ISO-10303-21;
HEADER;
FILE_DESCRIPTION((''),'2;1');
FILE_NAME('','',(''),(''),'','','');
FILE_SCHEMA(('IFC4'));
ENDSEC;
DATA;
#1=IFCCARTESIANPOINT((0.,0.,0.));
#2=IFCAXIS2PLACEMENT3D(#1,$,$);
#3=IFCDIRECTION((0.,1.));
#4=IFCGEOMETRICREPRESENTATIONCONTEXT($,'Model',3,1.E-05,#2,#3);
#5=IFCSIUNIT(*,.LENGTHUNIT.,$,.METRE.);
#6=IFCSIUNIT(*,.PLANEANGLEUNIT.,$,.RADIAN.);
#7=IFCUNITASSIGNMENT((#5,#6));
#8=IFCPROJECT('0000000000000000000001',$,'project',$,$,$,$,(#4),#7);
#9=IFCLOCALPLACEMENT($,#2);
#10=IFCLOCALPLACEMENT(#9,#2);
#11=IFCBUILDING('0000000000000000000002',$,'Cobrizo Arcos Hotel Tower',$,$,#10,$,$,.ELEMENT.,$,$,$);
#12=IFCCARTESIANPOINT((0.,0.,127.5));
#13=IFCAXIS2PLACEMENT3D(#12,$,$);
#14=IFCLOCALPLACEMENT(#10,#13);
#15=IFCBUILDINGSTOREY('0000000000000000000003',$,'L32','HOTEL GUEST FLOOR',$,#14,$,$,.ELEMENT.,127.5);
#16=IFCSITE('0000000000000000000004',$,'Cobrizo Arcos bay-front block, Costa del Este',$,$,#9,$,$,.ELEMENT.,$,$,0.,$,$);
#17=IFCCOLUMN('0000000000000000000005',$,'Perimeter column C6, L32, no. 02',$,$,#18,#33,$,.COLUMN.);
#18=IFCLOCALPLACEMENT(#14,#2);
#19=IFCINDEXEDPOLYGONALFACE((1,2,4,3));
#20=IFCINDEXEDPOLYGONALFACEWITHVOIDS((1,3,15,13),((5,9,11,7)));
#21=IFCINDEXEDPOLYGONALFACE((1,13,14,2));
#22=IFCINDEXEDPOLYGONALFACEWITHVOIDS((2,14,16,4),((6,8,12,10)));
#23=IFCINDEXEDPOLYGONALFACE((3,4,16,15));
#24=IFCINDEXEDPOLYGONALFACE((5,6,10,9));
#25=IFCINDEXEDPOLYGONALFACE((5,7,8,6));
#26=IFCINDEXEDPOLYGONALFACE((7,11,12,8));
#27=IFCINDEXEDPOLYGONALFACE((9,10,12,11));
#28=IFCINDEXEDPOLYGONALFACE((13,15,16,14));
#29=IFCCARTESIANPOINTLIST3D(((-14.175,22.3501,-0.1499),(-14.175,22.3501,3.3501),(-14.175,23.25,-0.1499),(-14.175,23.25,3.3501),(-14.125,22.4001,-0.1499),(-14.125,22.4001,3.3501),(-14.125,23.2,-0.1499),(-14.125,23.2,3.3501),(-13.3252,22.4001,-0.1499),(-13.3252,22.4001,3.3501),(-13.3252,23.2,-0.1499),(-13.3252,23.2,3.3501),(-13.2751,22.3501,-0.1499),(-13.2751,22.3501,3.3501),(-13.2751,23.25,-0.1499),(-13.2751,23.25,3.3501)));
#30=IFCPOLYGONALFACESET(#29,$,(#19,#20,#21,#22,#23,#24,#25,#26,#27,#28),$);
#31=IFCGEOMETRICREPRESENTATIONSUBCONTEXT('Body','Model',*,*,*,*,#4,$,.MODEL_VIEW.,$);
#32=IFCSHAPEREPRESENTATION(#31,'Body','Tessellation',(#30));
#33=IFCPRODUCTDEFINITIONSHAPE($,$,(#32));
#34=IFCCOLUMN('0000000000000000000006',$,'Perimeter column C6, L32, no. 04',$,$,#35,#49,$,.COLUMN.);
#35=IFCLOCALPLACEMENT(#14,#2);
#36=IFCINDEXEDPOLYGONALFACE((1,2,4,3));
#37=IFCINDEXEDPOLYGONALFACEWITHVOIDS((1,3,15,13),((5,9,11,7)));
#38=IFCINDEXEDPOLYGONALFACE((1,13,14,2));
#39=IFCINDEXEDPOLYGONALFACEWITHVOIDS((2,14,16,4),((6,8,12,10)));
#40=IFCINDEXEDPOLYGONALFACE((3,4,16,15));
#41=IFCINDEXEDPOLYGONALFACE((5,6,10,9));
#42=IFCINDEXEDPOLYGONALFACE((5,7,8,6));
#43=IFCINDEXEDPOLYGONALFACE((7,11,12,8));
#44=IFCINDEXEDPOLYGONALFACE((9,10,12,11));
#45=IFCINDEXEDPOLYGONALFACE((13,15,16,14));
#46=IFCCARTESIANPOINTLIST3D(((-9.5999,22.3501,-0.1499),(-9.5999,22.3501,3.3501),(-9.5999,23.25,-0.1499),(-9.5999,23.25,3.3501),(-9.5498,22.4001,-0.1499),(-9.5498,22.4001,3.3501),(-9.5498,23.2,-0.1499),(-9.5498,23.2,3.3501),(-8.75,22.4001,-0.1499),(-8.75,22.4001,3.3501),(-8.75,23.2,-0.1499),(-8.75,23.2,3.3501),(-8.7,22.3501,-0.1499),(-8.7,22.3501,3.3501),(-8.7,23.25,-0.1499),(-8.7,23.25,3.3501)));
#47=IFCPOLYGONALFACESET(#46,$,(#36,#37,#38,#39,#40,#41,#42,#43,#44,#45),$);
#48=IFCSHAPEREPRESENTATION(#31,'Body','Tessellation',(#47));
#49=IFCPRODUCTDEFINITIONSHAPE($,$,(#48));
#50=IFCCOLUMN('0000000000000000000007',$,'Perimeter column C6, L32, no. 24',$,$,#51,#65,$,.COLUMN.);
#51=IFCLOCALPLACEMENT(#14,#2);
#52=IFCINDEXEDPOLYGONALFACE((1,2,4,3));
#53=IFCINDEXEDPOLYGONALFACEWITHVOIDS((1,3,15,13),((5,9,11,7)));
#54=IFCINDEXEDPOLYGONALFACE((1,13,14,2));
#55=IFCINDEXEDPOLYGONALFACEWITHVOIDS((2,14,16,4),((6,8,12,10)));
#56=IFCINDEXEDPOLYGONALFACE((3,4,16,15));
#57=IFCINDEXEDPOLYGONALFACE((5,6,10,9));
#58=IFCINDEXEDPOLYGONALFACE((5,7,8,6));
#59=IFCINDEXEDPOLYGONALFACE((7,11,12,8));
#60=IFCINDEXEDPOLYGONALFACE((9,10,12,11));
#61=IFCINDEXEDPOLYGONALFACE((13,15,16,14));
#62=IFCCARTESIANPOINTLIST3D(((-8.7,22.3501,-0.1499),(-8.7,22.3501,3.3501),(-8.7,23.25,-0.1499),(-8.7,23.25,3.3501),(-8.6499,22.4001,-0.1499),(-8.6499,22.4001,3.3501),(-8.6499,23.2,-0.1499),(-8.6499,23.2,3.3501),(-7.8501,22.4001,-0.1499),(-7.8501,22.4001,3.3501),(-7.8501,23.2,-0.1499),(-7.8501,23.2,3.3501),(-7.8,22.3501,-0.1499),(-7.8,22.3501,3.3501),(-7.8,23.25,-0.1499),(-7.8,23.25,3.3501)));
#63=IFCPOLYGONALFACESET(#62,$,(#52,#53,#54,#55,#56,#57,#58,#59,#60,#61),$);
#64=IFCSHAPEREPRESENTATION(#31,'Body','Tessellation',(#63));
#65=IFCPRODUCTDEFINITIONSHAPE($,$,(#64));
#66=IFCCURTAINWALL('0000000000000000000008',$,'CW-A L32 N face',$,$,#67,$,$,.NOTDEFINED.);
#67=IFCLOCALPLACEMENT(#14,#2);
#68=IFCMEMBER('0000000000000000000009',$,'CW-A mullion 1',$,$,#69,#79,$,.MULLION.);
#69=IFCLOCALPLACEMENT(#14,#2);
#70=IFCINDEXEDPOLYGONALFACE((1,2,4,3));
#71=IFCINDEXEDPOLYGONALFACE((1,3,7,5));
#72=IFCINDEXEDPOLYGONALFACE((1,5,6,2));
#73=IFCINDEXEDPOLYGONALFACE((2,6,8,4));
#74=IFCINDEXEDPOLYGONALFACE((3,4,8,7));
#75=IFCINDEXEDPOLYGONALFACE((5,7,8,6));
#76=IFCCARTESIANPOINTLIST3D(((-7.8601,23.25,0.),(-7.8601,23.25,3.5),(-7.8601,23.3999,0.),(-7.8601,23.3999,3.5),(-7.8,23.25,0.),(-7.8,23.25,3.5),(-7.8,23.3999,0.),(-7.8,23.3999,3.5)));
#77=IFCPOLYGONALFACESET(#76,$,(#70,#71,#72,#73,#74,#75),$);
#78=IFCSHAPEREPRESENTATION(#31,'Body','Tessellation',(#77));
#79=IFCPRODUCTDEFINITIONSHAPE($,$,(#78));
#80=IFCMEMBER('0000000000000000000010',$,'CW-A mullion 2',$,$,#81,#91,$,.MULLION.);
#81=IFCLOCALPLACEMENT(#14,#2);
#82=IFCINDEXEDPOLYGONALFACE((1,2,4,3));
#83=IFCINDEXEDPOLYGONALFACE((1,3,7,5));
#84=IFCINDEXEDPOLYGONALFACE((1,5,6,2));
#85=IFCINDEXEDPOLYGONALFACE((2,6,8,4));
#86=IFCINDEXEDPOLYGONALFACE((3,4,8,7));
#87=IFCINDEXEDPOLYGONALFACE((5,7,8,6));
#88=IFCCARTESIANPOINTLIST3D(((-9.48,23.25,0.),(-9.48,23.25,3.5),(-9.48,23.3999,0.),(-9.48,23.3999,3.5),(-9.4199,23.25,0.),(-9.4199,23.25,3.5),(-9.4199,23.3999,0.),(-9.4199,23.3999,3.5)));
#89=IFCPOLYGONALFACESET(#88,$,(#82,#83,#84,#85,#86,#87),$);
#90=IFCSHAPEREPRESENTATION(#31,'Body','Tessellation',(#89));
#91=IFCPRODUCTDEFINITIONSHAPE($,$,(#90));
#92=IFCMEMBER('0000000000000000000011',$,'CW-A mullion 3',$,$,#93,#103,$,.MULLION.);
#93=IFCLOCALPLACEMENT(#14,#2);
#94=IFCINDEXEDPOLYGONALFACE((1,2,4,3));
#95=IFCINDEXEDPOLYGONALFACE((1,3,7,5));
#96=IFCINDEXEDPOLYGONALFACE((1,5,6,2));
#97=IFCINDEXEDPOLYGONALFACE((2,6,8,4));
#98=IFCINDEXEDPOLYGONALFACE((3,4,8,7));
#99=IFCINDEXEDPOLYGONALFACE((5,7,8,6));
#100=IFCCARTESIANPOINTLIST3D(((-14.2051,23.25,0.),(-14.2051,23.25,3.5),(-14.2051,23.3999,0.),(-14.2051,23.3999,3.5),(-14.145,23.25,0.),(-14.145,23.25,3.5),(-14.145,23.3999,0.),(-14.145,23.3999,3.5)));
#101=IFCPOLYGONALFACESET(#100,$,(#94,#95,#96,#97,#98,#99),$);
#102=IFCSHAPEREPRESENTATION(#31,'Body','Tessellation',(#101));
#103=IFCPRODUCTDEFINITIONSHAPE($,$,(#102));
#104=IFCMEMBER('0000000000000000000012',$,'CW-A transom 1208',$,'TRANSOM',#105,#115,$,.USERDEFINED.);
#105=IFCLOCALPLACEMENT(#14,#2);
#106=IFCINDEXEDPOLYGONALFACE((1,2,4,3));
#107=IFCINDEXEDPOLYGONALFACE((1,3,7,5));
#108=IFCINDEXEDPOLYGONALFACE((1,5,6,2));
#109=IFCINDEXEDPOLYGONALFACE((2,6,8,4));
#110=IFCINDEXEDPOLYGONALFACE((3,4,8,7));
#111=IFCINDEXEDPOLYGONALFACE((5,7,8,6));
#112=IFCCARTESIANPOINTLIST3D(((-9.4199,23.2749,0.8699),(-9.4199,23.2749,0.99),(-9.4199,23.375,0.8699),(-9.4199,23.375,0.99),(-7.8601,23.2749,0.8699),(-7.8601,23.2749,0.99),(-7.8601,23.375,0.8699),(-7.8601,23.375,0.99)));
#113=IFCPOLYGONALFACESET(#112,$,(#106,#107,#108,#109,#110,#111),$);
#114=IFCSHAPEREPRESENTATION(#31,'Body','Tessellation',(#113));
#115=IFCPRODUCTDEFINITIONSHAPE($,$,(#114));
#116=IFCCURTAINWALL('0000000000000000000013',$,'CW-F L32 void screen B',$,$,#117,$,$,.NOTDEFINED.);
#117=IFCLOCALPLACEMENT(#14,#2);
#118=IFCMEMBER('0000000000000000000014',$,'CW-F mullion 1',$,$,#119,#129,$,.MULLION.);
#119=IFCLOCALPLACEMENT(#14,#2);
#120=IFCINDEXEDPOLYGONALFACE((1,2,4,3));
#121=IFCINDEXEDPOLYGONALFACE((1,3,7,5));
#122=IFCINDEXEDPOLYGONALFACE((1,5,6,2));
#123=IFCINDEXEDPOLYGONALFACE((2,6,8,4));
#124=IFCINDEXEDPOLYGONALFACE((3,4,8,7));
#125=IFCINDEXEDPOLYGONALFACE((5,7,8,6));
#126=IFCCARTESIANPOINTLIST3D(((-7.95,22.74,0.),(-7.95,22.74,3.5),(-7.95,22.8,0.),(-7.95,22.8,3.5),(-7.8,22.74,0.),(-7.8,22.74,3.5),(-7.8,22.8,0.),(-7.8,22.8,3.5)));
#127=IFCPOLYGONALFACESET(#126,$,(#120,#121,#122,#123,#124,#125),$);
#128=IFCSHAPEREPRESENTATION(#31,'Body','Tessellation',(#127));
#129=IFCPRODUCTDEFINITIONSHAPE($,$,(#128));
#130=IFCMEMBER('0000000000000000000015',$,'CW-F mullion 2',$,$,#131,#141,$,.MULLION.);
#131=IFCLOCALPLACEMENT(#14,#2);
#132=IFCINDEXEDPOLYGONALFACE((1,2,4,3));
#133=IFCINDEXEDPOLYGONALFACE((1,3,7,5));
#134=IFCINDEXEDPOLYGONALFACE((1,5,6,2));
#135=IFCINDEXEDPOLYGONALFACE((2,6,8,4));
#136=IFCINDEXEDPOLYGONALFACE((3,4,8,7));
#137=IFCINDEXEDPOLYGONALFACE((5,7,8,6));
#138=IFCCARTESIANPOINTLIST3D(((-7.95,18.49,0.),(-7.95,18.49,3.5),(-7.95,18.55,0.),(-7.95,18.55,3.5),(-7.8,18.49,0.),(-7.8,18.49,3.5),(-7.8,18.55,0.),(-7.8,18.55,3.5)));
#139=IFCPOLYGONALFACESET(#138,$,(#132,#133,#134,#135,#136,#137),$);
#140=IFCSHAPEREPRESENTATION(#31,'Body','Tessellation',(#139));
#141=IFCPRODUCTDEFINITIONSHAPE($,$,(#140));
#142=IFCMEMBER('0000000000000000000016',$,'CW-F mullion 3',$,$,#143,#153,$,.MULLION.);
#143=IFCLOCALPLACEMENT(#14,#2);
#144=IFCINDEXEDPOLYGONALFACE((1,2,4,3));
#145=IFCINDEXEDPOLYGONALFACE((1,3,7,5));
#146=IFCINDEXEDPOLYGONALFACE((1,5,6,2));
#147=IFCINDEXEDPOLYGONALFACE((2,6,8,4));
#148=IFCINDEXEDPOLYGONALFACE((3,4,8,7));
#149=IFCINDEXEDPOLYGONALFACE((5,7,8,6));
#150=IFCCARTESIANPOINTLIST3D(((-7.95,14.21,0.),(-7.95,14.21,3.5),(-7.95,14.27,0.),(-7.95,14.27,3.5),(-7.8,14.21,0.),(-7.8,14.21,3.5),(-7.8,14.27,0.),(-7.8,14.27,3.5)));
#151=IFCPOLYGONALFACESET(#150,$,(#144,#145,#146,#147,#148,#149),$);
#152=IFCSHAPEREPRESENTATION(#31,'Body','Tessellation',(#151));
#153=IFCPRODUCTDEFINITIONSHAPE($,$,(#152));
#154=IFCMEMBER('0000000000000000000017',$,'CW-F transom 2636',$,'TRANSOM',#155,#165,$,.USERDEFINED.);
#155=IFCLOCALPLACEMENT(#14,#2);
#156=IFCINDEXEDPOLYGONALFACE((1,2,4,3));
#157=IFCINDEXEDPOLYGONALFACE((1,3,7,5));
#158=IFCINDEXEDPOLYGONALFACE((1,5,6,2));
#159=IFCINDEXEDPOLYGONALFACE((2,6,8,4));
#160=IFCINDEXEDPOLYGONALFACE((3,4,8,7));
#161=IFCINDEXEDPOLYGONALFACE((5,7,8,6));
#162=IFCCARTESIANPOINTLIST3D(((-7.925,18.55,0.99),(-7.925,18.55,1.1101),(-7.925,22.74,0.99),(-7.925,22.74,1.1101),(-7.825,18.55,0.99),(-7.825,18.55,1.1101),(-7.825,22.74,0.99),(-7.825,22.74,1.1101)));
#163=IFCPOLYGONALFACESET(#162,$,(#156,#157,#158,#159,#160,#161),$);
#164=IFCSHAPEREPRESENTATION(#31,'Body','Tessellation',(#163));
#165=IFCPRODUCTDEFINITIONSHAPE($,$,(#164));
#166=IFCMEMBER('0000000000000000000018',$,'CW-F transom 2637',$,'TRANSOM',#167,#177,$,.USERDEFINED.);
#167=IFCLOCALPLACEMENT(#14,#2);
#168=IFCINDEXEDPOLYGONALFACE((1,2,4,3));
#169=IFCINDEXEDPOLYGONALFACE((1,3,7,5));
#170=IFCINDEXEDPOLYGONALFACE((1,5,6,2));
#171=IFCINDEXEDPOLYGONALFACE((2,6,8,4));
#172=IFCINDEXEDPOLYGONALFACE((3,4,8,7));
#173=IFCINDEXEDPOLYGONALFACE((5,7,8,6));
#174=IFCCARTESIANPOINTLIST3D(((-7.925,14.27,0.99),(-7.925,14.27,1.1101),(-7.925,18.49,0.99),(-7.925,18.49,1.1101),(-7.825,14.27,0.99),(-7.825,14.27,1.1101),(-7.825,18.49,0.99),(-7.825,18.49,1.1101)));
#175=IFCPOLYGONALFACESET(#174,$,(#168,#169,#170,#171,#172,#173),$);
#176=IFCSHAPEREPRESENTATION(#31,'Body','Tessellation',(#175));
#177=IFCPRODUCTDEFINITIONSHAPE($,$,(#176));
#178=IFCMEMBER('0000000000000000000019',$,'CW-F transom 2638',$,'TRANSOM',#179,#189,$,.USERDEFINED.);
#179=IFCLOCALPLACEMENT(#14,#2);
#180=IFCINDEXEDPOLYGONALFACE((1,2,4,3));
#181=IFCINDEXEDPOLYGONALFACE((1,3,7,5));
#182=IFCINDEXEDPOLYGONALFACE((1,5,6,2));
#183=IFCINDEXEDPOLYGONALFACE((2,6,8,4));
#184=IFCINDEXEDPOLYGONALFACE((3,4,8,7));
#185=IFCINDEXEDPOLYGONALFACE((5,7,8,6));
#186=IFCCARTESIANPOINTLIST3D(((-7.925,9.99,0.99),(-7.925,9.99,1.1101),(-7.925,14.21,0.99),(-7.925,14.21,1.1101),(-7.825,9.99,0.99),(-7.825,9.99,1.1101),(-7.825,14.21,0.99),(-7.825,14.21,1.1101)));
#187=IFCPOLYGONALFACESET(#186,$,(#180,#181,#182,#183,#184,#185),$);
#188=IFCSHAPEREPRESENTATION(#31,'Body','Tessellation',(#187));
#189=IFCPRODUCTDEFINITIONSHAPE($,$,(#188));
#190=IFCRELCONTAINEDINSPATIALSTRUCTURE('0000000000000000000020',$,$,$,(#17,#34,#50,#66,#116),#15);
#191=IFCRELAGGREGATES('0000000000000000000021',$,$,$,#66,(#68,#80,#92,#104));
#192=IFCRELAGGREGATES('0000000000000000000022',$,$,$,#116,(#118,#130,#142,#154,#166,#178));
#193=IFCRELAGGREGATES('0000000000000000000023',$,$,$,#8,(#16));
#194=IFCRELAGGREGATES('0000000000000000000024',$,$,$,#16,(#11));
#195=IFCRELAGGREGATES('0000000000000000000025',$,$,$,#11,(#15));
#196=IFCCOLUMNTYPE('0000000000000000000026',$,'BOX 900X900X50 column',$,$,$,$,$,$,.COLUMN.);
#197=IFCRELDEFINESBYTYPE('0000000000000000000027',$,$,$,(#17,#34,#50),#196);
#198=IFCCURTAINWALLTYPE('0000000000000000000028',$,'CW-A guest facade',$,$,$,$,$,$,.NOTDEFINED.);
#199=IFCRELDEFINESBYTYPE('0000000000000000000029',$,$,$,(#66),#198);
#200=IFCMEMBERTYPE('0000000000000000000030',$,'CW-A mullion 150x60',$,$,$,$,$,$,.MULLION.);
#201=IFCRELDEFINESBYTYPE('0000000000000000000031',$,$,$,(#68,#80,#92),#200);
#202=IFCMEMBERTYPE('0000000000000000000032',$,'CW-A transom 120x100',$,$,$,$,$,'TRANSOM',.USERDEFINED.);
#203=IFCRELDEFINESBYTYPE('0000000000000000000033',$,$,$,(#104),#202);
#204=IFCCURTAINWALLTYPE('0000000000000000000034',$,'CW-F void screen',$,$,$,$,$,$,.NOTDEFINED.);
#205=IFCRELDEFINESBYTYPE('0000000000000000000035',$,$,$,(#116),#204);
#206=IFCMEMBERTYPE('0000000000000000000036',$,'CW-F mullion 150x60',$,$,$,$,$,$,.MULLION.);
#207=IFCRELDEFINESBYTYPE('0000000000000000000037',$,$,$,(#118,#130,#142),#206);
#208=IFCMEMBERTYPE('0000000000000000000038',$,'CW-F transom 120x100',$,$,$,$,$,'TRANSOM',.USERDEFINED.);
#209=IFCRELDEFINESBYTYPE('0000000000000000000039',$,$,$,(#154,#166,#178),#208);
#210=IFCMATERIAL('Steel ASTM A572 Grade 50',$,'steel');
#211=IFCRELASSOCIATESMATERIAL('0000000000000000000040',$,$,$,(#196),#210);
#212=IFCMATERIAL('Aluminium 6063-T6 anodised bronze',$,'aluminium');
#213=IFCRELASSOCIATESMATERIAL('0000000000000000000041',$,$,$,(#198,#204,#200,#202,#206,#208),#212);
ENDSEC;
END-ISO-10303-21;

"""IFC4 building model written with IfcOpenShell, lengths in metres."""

from ifc_helpers import new_model, si_unit, direction, frame, origin, origin_2d, place, context, subcontext, project, spatial, rectangle, hollow_rectangle, extrude, material, material_profile, profile_set, type_object, element, aggregate, save


model = new_model("IFC4")

# Units and contexts
model_context = context("Model", 3, precision=1e-05, world=origin(), true_north=direction((0.0, 1.0)))
body_context = subcontext(model_context, "Body", "Model", "MODEL_VIEW")
ifc_project = project(units=[si_unit("LENGTHUNIT", "METRE"), si_unit("PLANEANGLEUNIT", "RADIAN")], contexts=[model_context])

# Site, building, storey
site_placement = place(None, origin())
site = spatial("IfcSite", under=ifc_project, at=site_placement, Name="Cobrizo Arcos bay-front block, Costa del Este", CompositionType="ELEMENT", RefElevation=0.0)
building_placement = place(site_placement, origin())
building = spatial("IfcBuilding", under=site, at=building_placement, Name="Cobrizo Arcos Hotel Tower", CompositionType="ELEMENT")
storey_placement = place(building_placement, frame((0.0, 0.0, 127.5)))
storey = spatial("IfcBuildingStorey", under=building, at=storey_placement, Name="L32", Description="HOTEL GUEST FLOOR", CompositionType="ELEMENT", Elevation=127.5)

# Columns
ifc_material_1 = material(Name="Steel ASTM A572 Grade 50", Category="steel")
ifc_material_profile_1 = material_profile(ifc_material_1, hollow_rectangle(XDim=0.8999, YDim=0.8999, WallThickness=0.05, at=origin_2d()), Name="BOX 900X900X50")
ifc_profile_set_1 = profile_set([ifc_material_profile_1], Name="Steel ASTM A572 Grade 50")
column_type = type_object("IfcColumnType", Name="BOX 900X900X50 column", PredefinedType="COLUMN", material=ifc_profile_set_1)
for number, where, z_axis, x_axis, name in (
    (1, (-13.7251, 22.8, -0.1499), (0.0, 0.0, 1.0), (1.0, 0.0, 0.0), "Perimeter column C6, L32, no. 02"),
    (2, (-9.1499, 22.8, -0.1499), (0.0, 0.0, 1.0), (1.0, 0.0, 0.0), "Perimeter column C6, L32, no. 04"),
    (3, (-8.25, 22.8, -0.1499), (0.0, 0.0, 1.0), (1.0, 0.0, 0.0), "Perimeter column C6, L32, no. 24"),
):
    element("IfcColumn", number, at=place(storey_placement, frame(where, z_axis=z_axis, x_axis=x_axis)), inside=storey, type_object=column_type, Name=name, PredefinedType="COLUMN", context=body_context, shape_type="SweptSolid", body=[
        extrude(hollow_rectangle(XDim=0.8999, YDim=0.8999, WallThickness=0.05, at=origin_2d()), origin(), (0.0, 0.0, 1.0), 3.5),
    ])

# Curtain walls, members
ifc_material_2 = material(Name="Aluminium 6063-T6 anodised bronze", Category="aluminium")
curtain_wall_type_1 = type_object("IfcCurtainWallType", Name="CW-A guest facade", PredefinedType="NOTDEFINED", material=ifc_material_2)
curtain_wall_1_placement = place(storey_placement, origin())
curtain_wall_1 = element("IfcCurtainWall", 4, at=curtain_wall_1_placement, inside=storey, type_object=curtain_wall_type_1, Name="CW-A L32 N face", PredefinedType="NOTDEFINED")
ifc_material_profile_2 = material_profile(ifc_material_2, rectangle(XDim=0.1499, YDim=0.0601, at=origin_2d()), Name="CW-A mullion 150x60")
ifc_profile_set_2 = profile_set([ifc_material_profile_2], Name="Aluminium 6063-T6 anodised bronze")
member_type_1 = type_object("IfcMemberType", Name="CW-A mullion 150x60", PredefinedType="MULLION", material=ifc_profile_set_2)
member_1_placement = place(storey_placement, frame((-7.8301, 23.325, 0.0), z_axis=(0.0, 0.0, 1.0), x_axis=(0.0, 1.0, 0.0)))
member_1 = element("IfcMember", 5, at=member_1_placement, type_object=member_type_1, Name="CW-A mullion 1", PredefinedType="MULLION", context=body_context, shape_type="SweptSolid", body=[
    extrude(rectangle(XDim=0.1499, YDim=0.0601, at=origin_2d()), origin(), (0.0, 0.0, 1.0), 3.5),
])
member_2_placement = place(storey_placement, frame((-9.45, 23.325, 0.0), z_axis=(0.0, 0.0, 1.0), x_axis=(0.0, 1.0, 0.0)))
member_2 = element("IfcMember", 6, at=member_2_placement, type_object=member_type_1, Name="CW-A mullion 2", PredefinedType="MULLION", context=body_context, shape_type="SweptSolid", body=[
    extrude(rectangle(XDim=0.1499, YDim=0.0601, at=origin_2d()), origin(), (0.0, 0.0, 1.0), 3.5),
])
member_3_placement = place(storey_placement, frame((-14.175, 23.325, 0.0), z_axis=(0.0, 0.0, 1.0), x_axis=(0.0, 1.0, 0.0)))
member_3 = element("IfcMember", 7, at=member_3_placement, type_object=member_type_1, Name="CW-A mullion 3", PredefinedType="MULLION", context=body_context, shape_type="SweptSolid", body=[
    extrude(rectangle(XDim=0.1499, YDim=0.0601, at=origin_2d()), origin(), (0.0, 0.0, 1.0), 3.5),
])
ifc_material_profile_3 = material_profile(ifc_material_2, rectangle(XDim=0.1001, YDim=0.1201, at=origin_2d()), Name="CW-A transom 120x100")
ifc_profile_set_3 = profile_set([ifc_material_profile_3], Name="Aluminium 6063-T6 anodised bronze")
member_type_2 = type_object("IfcMemberType", Name="CW-A transom 120x100", ElementType="TRANSOM", PredefinedType="USERDEFINED", material=ifc_profile_set_3)
member_4_placement = place(storey_placement, frame((-7.8601, 23.325, 0.9299), z_axis=(-1.0, 0.0, 0.0), x_axis=(0.0, -1.0, 0.0)))
member_4 = element("IfcMember", 8, at=member_4_placement, type_object=member_type_2, Name="CW-A transom 1208", ObjectType="TRANSOM", PredefinedType="USERDEFINED", context=body_context, shape_type="SweptSolid", body=[
    extrude(rectangle(XDim=0.1001, YDim=0.1201, at=origin_2d()), origin(), (0.0, 0.0, 1.0), 1.5598),
])
curtain_wall_type_2 = type_object("IfcCurtainWallType", Name="CW-F void screen", PredefinedType="NOTDEFINED", material=ifc_material_2)
curtain_wall_2_placement = place(storey_placement, origin())
curtain_wall_2 = element("IfcCurtainWall", 9, at=curtain_wall_2_placement, inside=storey, type_object=curtain_wall_type_2, Name="CW-F L32 void screen B", PredefinedType="NOTDEFINED")
ifc_material_profile_4 = material_profile(ifc_material_2, rectangle(XDim=0.1499, YDim=0.0601, at=origin_2d()), Name="CW-F mullion 150x60")
ifc_profile_set_4 = profile_set([ifc_material_profile_4], Name="Aluminium 6063-T6 anodised bronze")
member_type_3 = type_object("IfcMemberType", Name="CW-F mullion 150x60", PredefinedType="MULLION", material=ifc_profile_set_4)
member_5_placement = place(storey_placement, frame((-7.875, 22.77, 0.0), z_axis=(0.0, 0.0, 1.0), x_axis=(-1.0, 0.0, 0.0)))
member_5 = element("IfcMember", 10, at=member_5_placement, type_object=member_type_3, Name="CW-F mullion 1", PredefinedType="MULLION", context=body_context, shape_type="SweptSolid", body=[
    extrude(rectangle(XDim=0.1499, YDim=0.0601, at=origin_2d()), origin(), (0.0, 0.0, 1.0), 3.5),
])
member_6_placement = place(storey_placement, frame((-7.875, 18.52, 0.0), z_axis=(0.0, 0.0, 1.0), x_axis=(-1.0, 0.0, 0.0)))
member_6 = element("IfcMember", 11, at=member_6_placement, type_object=member_type_3, Name="CW-F mullion 2", PredefinedType="MULLION", context=body_context, shape_type="SweptSolid", body=[
    extrude(rectangle(XDim=0.1499, YDim=0.0601, at=origin_2d()), origin(), (0.0, 0.0, 1.0), 3.5),
])
member_7_placement = place(storey_placement, frame((-7.875, 14.24, 0.0), z_axis=(0.0, 0.0, 1.0), x_axis=(-1.0, 0.0, 0.0)))
member_7 = element("IfcMember", 12, at=member_7_placement, type_object=member_type_3, Name="CW-F mullion 3", PredefinedType="MULLION", context=body_context, shape_type="SweptSolid", body=[
    extrude(rectangle(XDim=0.1499, YDim=0.0601, at=origin_2d()), origin(), (0.0, 0.0, 1.0), 3.5),
])
ifc_material_profile_5 = material_profile(ifc_material_2, rectangle(XDim=0.1001, YDim=0.1201, at=origin_2d()), Name="CW-F transom 120x100")
ifc_profile_set_5 = profile_set([ifc_material_profile_5], Name="Aluminium 6063-T6 anodised bronze")
member_type_4 = type_object("IfcMemberType", Name="CW-F transom 120x100", ElementType="TRANSOM", PredefinedType="USERDEFINED", material=ifc_profile_set_5)
member_8_placement = place(storey_placement, frame((-7.875, 22.74, 1.05), z_axis=(0.0, -1.0, 0.0), x_axis=(1.0, 0.0, 0.0)))
member_8 = element("IfcMember", 13, at=member_8_placement, type_object=member_type_4, Name="CW-F transom 2636", ObjectType="TRANSOM", PredefinedType="USERDEFINED", context=body_context, shape_type="SweptSolid", body=[
    extrude(rectangle(XDim=0.1001, YDim=0.1201, at=origin_2d()), origin(), (0.0, 0.0, 1.0), 4.1899),
])
member_9_placement = place(storey_placement, frame((-7.875, 18.49, 1.05), z_axis=(0.0, -1.0, 0.0), x_axis=(1.0, 0.0, 0.0)))
member_9 = element("IfcMember", 14, at=member_9_placement, type_object=member_type_4, Name="CW-F transom 2637", ObjectType="TRANSOM", PredefinedType="USERDEFINED", context=body_context, shape_type="SweptSolid", body=[
    extrude(rectangle(XDim=0.1001, YDim=0.1201, at=origin_2d()), origin(), (0.0, 0.0, 1.0), 4.22),
])
member_10_placement = place(storey_placement, frame((-7.875, 14.21, 1.05), z_axis=(0.0, -1.0, 0.0), x_axis=(1.0, 0.0, 0.0)))
member_10 = element("IfcMember", 15, at=member_10_placement, type_object=member_type_4, Name="CW-F transom 2638", ObjectType="TRANSOM", PredefinedType="USERDEFINED", context=body_context, shape_type="SweptSolid", body=[
    extrude(rectangle(XDim=0.1001, YDim=0.1201, at=origin_2d()), origin(), (0.0, 0.0, 1.0), 4.22),
])

aggregate(curtain_wall_1, [member_1, member_2, member_3, member_4])
aggregate(curtain_wall_2, [member_5, member_6, member_7, member_8, member_9, member_10])

save(model, "model.ifc")
